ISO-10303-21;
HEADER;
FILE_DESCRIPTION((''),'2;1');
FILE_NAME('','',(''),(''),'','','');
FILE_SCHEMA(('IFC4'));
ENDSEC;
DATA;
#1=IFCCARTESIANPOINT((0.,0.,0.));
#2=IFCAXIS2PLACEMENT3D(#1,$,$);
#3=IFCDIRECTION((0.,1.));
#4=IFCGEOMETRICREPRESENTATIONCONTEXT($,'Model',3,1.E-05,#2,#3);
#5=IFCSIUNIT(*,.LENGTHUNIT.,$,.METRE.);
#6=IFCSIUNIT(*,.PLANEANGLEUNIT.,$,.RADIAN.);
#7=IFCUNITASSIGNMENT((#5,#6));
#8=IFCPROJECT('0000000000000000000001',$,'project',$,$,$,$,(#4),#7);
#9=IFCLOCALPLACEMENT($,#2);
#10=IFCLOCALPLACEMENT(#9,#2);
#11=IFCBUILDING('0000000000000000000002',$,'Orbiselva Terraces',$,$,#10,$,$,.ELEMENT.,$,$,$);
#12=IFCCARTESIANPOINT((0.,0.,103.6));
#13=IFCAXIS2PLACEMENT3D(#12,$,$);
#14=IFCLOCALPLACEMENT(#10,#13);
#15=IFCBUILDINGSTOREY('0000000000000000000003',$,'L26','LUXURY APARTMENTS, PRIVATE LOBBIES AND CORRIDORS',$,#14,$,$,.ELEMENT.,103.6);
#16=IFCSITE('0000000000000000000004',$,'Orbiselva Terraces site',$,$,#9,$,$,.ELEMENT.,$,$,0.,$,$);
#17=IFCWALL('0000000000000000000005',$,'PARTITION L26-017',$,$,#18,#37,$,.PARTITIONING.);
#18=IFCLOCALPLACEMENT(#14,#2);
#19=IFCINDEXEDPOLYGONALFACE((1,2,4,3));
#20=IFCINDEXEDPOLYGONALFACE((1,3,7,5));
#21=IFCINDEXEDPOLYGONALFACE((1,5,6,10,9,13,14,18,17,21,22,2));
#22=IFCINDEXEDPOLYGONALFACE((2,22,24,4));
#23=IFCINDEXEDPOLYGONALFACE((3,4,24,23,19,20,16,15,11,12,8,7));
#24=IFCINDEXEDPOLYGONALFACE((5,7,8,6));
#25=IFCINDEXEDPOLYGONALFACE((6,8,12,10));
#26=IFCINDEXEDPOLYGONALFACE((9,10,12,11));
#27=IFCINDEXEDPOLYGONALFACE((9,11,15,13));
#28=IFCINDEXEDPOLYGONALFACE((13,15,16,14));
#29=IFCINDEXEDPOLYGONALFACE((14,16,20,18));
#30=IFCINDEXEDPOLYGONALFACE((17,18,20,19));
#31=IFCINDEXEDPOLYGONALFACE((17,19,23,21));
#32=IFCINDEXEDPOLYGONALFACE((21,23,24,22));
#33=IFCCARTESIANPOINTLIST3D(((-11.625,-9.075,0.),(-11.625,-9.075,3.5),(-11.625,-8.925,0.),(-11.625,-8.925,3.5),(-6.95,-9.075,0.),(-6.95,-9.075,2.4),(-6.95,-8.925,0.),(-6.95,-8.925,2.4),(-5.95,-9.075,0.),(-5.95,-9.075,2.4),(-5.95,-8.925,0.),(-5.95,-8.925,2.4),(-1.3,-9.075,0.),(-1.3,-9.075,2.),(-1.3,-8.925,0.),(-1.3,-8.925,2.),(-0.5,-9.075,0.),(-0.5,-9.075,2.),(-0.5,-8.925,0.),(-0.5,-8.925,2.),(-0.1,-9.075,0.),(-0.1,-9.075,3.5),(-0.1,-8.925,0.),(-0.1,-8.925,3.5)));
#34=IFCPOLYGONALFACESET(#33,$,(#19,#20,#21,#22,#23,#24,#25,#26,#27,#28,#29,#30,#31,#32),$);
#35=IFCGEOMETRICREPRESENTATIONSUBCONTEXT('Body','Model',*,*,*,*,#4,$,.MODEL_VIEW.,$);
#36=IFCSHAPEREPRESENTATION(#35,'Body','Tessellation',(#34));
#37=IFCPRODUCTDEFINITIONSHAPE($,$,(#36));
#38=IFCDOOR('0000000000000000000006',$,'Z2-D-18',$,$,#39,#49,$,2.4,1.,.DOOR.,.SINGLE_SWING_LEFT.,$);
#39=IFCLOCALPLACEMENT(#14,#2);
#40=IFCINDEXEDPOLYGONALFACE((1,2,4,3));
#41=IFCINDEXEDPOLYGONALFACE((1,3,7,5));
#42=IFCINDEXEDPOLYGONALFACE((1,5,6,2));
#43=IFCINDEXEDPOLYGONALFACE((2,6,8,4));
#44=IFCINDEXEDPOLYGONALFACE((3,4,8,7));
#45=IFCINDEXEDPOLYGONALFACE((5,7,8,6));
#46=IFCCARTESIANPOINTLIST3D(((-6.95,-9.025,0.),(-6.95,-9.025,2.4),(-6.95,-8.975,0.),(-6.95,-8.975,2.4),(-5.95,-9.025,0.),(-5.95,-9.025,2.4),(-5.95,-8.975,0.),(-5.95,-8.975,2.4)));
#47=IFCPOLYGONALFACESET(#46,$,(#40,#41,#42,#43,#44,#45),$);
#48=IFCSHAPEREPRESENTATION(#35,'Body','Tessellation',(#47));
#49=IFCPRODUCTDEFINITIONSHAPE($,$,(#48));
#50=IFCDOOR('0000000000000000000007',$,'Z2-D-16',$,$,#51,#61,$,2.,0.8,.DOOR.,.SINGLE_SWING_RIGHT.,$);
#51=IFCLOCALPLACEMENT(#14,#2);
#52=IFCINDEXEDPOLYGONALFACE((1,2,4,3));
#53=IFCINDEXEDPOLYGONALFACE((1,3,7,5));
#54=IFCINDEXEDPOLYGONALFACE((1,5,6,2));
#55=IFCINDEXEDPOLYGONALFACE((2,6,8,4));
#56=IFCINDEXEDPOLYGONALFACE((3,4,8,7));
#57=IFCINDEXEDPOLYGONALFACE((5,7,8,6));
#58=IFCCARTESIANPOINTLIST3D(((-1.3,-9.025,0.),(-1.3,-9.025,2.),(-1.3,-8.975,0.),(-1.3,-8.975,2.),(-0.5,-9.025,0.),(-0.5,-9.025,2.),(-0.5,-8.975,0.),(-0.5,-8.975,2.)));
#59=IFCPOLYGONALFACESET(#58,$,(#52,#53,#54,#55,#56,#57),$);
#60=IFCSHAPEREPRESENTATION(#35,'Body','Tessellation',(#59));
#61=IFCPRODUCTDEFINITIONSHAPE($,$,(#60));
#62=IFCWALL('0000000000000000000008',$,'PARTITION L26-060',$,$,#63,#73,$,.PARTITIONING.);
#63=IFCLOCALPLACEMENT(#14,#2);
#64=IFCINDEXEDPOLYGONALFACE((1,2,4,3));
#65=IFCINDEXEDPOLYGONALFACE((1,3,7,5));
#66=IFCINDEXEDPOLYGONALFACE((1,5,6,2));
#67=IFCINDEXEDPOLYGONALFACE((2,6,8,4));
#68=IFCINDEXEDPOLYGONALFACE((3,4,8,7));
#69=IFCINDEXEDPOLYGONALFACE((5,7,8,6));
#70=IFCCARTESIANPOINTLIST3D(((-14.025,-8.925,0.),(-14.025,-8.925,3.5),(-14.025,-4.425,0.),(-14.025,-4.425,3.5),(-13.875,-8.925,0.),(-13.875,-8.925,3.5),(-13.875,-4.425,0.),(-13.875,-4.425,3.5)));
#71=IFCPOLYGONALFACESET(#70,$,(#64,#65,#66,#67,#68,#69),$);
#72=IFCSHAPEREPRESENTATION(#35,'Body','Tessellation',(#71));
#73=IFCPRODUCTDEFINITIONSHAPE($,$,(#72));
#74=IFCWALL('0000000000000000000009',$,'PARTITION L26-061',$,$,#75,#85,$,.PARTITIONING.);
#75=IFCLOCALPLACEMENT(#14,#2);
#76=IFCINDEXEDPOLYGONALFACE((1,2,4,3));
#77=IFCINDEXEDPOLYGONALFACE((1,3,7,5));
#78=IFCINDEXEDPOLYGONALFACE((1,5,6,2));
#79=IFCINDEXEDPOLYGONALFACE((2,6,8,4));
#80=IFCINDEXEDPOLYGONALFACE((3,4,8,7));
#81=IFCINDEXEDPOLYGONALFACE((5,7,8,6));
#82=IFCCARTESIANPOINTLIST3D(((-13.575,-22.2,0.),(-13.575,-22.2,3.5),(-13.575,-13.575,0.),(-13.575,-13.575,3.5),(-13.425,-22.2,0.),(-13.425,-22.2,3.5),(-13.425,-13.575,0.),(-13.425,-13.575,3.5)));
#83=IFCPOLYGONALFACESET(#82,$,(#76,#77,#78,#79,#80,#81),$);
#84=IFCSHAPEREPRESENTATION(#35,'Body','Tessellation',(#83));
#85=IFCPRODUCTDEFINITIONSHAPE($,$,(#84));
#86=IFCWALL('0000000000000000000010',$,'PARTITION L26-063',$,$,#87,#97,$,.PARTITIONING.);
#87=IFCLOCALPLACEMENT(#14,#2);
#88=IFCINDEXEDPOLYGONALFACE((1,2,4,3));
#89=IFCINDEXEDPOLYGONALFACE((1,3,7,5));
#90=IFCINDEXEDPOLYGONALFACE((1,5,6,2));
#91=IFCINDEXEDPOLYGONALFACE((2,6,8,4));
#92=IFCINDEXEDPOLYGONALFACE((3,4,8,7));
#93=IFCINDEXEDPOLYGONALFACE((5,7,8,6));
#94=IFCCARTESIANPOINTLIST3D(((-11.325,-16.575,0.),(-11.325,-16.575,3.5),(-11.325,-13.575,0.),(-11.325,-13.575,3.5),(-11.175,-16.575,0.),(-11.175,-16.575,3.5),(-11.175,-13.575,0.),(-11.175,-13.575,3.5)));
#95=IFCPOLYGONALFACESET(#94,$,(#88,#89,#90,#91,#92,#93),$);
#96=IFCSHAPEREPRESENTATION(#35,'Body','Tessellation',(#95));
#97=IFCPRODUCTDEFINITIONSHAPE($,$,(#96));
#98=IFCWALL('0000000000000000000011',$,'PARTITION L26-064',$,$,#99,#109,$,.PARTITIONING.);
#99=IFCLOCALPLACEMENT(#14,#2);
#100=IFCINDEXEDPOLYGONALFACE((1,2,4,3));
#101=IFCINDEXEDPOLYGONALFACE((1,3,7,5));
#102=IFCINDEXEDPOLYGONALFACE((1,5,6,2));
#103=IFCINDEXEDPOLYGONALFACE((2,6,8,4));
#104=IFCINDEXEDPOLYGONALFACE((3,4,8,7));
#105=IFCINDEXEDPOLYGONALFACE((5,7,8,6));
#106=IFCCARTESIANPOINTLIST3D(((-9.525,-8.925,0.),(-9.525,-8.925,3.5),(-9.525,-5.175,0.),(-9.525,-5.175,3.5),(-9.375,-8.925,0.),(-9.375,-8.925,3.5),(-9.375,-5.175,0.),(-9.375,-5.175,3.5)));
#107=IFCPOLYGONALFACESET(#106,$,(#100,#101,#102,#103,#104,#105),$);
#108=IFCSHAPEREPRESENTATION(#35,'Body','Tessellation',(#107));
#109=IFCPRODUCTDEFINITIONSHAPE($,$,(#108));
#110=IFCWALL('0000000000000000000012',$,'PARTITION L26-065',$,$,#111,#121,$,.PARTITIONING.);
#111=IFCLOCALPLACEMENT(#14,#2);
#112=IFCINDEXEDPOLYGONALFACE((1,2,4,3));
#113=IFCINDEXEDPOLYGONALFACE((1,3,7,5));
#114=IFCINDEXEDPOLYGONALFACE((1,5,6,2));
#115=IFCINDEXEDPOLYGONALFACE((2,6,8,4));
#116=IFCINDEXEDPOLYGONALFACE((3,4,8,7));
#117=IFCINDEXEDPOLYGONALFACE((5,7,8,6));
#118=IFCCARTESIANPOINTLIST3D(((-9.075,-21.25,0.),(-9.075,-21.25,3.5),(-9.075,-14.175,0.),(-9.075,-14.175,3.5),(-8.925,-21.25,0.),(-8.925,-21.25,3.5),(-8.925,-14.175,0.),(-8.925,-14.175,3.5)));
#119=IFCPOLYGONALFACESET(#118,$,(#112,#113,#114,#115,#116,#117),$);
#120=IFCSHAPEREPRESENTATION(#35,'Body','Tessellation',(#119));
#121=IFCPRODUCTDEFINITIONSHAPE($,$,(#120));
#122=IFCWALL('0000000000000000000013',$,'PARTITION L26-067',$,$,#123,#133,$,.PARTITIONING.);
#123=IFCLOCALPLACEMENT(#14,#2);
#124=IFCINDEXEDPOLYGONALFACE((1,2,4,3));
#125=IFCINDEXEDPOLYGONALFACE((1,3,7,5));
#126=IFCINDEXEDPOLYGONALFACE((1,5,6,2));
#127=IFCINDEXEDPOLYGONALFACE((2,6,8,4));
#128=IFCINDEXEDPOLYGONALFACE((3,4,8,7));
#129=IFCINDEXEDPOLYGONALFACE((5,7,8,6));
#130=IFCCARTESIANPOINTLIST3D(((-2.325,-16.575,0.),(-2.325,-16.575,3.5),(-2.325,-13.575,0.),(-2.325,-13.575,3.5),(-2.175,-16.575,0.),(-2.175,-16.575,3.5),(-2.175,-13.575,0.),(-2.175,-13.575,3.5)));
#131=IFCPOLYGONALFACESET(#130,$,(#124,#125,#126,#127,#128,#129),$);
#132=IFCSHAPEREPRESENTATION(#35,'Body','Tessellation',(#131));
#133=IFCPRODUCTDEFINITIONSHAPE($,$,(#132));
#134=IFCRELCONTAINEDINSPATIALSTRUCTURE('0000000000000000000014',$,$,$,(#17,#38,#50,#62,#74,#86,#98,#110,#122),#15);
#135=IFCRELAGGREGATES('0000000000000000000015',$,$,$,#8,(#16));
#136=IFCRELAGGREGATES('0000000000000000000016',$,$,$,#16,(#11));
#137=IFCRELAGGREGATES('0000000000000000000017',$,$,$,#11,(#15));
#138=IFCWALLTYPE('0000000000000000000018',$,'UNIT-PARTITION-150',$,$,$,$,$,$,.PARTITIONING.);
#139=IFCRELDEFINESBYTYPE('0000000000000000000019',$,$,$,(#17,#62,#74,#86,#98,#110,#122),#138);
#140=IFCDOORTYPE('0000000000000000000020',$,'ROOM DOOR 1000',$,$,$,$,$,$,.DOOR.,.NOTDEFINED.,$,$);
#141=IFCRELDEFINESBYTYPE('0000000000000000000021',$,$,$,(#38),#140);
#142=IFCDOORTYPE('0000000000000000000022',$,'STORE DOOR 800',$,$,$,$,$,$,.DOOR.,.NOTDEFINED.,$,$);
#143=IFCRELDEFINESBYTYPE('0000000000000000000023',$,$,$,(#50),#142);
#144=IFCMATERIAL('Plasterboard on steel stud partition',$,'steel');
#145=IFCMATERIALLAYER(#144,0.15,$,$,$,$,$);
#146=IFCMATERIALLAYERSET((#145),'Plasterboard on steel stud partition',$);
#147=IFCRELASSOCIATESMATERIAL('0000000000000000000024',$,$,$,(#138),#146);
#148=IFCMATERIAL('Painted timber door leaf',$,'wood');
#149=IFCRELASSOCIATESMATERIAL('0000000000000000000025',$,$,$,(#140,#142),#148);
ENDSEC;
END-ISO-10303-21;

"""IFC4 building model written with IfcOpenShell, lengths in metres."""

from ifc_helpers import new_model, si_unit, direction, frame, frame_2d, origin, place, context, subcontext, project, spatial, rectangle, extrude, material, layer, layer_set, type_object, element, fill, save


model = new_model("IFC4")

# Units and contexts
model_context = context("Model", 3, precision=1e-05, world=origin(), true_north=direction((0.0, 1.0)))
body_context = subcontext(model_context, "Body", "Model", "MODEL_VIEW")
ifc_project = project(units=[si_unit("LENGTHUNIT", "METRE"), si_unit("PLANEANGLEUNIT", "RADIAN")], contexts=[model_context])

# Site, building, storey
site_placement = place(None, origin())
site = spatial("IfcSite", under=ifc_project, at=site_placement, Name="Orbiselva Terraces site", CompositionType="ELEMENT", RefElevation=0.0)
building_placement = place(site_placement, origin())
building = spatial("IfcBuilding", under=site, at=building_placement, Name="Orbiselva Terraces", CompositionType="ELEMENT")
storey_placement = place(building_placement, frame((0.0, 0.0, 103.6)))
storey = spatial("IfcBuildingStorey", under=building, at=storey_placement, Name="L26", Description="LUXURY APARTMENTS, PRIVATE LOBBIES AND CORRIDORS", CompositionType="ELEMENT", Elevation=103.6)

# Shared definitions
ifc_material_1 = material(Name="Plasterboard on steel stud partition", Category="steel")
ifc_layer_1 = layer(ifc_material_1, 0.15)
ifc_layer_set_1 = layer_set([ifc_layer_1], Name="Plasterboard on steel stud partition")
wall_type_1 = type_object("IfcWallType", Name="UNIT-PARTITION-150", PredefinedType="PARTITIONING", material=ifc_layer_set_1)
ifc_material_2 = material(Name="Painted timber door leaf", Category="wood")

# Shared definitions
door_type_1 = type_object("IfcDoorType", Name="ROOM DOOR 1000", OperationType="NOTDEFINED", PredefinedType="DOOR", material=ifc_material_2)

# Wall, openings, doors
wall_1_placement = place(storey_placement, frame((-11.625, -9.0, 0.0), z_axis=(0.0, 0.0, 1.0), x_axis=(1.0, 0.0, 0.0)))
wall_1 = element("IfcWall", 1, at=wall_1_placement, inside=storey, type_object=wall_type_1, Name="PARTITION L26-017", PredefinedType="PARTITIONING", context=body_context, shape_type="SweptSolid", body=[
    extrude(rectangle(XDim=11.525, YDim=0.15, at=frame_2d((5.7625, 0.0))), origin(), (0.0, 0.0, 1.0), 3.5),
])
opening_1_placement = place(wall_1_placement, frame((10.325, 0.0, 0.0)))
opening_1 = element("IfcOpeningElement", 2, at=opening_1_placement, cuts=wall_1, PredefinedType="OPENING", context=body_context, shape_type="SweptSolid", body=[
    extrude(rectangle(XDim=0.8, YDim=2.0, at=frame_2d((0.4, 1.0))), frame((0.0, 0.085, 0.0), z_axis=(0.0, -1.0, 0.0), x_axis=(1.0, 0.0, 0.0)), (0.0, 0.0, 1.0), 0.17),
])
opening_2_placement = place(wall_1_placement, frame((4.675, 0.0, 0.0)))
opening_2 = element("IfcOpeningElement", 3, at=opening_2_placement, cuts=wall_1, PredefinedType="OPENING", context=body_context, shape_type="SweptSolid", body=[
    extrude(rectangle(XDim=1.0, YDim=2.4, at=frame_2d((0.5, 1.2))), frame((0.0, 0.085, 0.0), z_axis=(0.0, -1.0, 0.0), x_axis=(1.0, 0.0, 0.0)), (0.0, 0.0, 1.0), 0.17),
])
door_1_placement = place(opening_2_placement, origin())
door_1 = element("IfcDoor", 4, at=door_1_placement, inside=storey, type_object=door_type_1, Name="Z2-D-18", OperationType="SINGLE_SWING_LEFT", OverallHeight=2.4, OverallWidth=1.0, PredefinedType="DOOR", context=body_context, shape_type="SweptSolid", body=[
    extrude(rectangle(XDim=1.0, YDim=2.4, at=frame_2d((0.5, 1.2))), frame((0.0, 0.025, 0.0), z_axis=(0.0, -1.0, 0.0), x_axis=(1.0, 0.0, 0.0)), (0.0, 0.0, 1.0), 0.05),
])
fill(opening_2, door_1)
door_type_2 = type_object("IfcDoorType", Name="STORE DOOR 800", OperationType="NOTDEFINED", PredefinedType="DOOR", material=ifc_material_2)
door_2_placement = place(opening_1_placement, origin())
door_2 = element("IfcDoor", 5, at=door_2_placement, inside=storey, type_object=door_type_2, Name="Z2-D-16", OperationType="SINGLE_SWING_RIGHT", OverallHeight=2.0, OverallWidth=0.8, PredefinedType="DOOR", context=body_context, shape_type="SweptSolid", body=[
    extrude(rectangle(XDim=0.8, YDim=2.0, at=frame_2d((0.4, 1.0))), frame((0.0, 0.025, 0.0), z_axis=(0.0, -1.0, 0.0), x_axis=(1.0, 0.0, 0.0)), (0.0, 0.0, 1.0), 0.05),
])
fill(opening_1, door_2)

# Walls
wall_2_placement = place(storey_placement, frame((-13.95, -8.925, 0.0), z_axis=(0.0, 0.0, 1.0), x_axis=(0.0, 1.0, 0.0)))
element("IfcWall", 6, at=wall_2_placement, inside=storey, type_object=wall_type_1, Name="PARTITION L26-060", PredefinedType="PARTITIONING", context=body_context, shape_type="SweptSolid", body=[
    extrude(rectangle(XDim=4.5, YDim=0.15, at=frame_2d((2.25, 0.0))), origin(), (0.0, 0.0, 1.0), 3.5),
])
wall_3_placement = place(storey_placement, frame((-13.5, -22.2, 0.0), z_axis=(0.0, 0.0, 1.0), x_axis=(0.0, 1.0, 0.0)))
element("IfcWall", 7, at=wall_3_placement, inside=storey, type_object=wall_type_1, Name="PARTITION L26-061", PredefinedType="PARTITIONING", context=body_context, shape_type="SweptSolid", body=[
    extrude(rectangle(XDim=8.625, YDim=0.15, at=frame_2d((4.3125, 0.0))), origin(), (0.0, 0.0, 1.0), 3.5),
])
wall_4_placement = place(storey_placement, frame((-11.25, -16.575, 0.0), z_axis=(0.0, 0.0, 1.0), x_axis=(0.0, 1.0, 0.0)))
element("IfcWall", 8, at=wall_4_placement, inside=storey, type_object=wall_type_1, Name="PARTITION L26-063", PredefinedType="PARTITIONING", context=body_context, shape_type="SweptSolid", body=[
    extrude(rectangle(XDim=3.0, YDim=0.15, at=frame_2d((1.5, 0.0))), origin(), (0.0, 0.0, 1.0), 3.5),
])
wall_5_placement = place(storey_placement, frame((-9.45, -8.925, 0.0), z_axis=(0.0, 0.0, 1.0), x_axis=(0.0, 1.0, 0.0)))
element("IfcWall", 9, at=wall_5_placement, inside=storey, type_object=wall_type_1, Name="PARTITION L26-064", PredefinedType="PARTITIONING", context=body_context, shape_type="SweptSolid", body=[
    extrude(rectangle(XDim=3.75, YDim=0.15, at=frame_2d((1.875, 0.0))), origin(), (0.0, 0.0, 1.0), 3.5),
])
wall_6_placement = place(storey_placement, frame((-9.0, -21.25, 0.0), z_axis=(0.0, 0.0, 1.0), x_axis=(0.0, 1.0, 0.0)))
element("IfcWall", 10, at=wall_6_placement, inside=storey, type_object=wall_type_1, Name="PARTITION L26-065", PredefinedType="PARTITIONING", context=body_context, shape_type="SweptSolid", body=[
    extrude(rectangle(XDim=7.075, YDim=0.15, at=frame_2d((3.5375, 0.0))), origin(), (0.0, 0.0, 1.0), 3.5),
])
wall_7_placement = place(storey_placement, frame((-2.25, -16.575, 0.0), z_axis=(0.0, 0.0, 1.0), x_axis=(0.0, 1.0, 0.0)))
element("IfcWall", 11, at=wall_7_placement, inside=storey, type_object=wall_type_1, Name="PARTITION L26-067", PredefinedType="PARTITIONING", context=body_context, shape_type="SweptSolid", body=[
    extrude(rectangle(XDim=3.0, YDim=0.15, at=frame_2d((1.5, 0.0))), origin(), (0.0, 0.0, 1.0), 3.5),
])

save(model, "model.ifc")
